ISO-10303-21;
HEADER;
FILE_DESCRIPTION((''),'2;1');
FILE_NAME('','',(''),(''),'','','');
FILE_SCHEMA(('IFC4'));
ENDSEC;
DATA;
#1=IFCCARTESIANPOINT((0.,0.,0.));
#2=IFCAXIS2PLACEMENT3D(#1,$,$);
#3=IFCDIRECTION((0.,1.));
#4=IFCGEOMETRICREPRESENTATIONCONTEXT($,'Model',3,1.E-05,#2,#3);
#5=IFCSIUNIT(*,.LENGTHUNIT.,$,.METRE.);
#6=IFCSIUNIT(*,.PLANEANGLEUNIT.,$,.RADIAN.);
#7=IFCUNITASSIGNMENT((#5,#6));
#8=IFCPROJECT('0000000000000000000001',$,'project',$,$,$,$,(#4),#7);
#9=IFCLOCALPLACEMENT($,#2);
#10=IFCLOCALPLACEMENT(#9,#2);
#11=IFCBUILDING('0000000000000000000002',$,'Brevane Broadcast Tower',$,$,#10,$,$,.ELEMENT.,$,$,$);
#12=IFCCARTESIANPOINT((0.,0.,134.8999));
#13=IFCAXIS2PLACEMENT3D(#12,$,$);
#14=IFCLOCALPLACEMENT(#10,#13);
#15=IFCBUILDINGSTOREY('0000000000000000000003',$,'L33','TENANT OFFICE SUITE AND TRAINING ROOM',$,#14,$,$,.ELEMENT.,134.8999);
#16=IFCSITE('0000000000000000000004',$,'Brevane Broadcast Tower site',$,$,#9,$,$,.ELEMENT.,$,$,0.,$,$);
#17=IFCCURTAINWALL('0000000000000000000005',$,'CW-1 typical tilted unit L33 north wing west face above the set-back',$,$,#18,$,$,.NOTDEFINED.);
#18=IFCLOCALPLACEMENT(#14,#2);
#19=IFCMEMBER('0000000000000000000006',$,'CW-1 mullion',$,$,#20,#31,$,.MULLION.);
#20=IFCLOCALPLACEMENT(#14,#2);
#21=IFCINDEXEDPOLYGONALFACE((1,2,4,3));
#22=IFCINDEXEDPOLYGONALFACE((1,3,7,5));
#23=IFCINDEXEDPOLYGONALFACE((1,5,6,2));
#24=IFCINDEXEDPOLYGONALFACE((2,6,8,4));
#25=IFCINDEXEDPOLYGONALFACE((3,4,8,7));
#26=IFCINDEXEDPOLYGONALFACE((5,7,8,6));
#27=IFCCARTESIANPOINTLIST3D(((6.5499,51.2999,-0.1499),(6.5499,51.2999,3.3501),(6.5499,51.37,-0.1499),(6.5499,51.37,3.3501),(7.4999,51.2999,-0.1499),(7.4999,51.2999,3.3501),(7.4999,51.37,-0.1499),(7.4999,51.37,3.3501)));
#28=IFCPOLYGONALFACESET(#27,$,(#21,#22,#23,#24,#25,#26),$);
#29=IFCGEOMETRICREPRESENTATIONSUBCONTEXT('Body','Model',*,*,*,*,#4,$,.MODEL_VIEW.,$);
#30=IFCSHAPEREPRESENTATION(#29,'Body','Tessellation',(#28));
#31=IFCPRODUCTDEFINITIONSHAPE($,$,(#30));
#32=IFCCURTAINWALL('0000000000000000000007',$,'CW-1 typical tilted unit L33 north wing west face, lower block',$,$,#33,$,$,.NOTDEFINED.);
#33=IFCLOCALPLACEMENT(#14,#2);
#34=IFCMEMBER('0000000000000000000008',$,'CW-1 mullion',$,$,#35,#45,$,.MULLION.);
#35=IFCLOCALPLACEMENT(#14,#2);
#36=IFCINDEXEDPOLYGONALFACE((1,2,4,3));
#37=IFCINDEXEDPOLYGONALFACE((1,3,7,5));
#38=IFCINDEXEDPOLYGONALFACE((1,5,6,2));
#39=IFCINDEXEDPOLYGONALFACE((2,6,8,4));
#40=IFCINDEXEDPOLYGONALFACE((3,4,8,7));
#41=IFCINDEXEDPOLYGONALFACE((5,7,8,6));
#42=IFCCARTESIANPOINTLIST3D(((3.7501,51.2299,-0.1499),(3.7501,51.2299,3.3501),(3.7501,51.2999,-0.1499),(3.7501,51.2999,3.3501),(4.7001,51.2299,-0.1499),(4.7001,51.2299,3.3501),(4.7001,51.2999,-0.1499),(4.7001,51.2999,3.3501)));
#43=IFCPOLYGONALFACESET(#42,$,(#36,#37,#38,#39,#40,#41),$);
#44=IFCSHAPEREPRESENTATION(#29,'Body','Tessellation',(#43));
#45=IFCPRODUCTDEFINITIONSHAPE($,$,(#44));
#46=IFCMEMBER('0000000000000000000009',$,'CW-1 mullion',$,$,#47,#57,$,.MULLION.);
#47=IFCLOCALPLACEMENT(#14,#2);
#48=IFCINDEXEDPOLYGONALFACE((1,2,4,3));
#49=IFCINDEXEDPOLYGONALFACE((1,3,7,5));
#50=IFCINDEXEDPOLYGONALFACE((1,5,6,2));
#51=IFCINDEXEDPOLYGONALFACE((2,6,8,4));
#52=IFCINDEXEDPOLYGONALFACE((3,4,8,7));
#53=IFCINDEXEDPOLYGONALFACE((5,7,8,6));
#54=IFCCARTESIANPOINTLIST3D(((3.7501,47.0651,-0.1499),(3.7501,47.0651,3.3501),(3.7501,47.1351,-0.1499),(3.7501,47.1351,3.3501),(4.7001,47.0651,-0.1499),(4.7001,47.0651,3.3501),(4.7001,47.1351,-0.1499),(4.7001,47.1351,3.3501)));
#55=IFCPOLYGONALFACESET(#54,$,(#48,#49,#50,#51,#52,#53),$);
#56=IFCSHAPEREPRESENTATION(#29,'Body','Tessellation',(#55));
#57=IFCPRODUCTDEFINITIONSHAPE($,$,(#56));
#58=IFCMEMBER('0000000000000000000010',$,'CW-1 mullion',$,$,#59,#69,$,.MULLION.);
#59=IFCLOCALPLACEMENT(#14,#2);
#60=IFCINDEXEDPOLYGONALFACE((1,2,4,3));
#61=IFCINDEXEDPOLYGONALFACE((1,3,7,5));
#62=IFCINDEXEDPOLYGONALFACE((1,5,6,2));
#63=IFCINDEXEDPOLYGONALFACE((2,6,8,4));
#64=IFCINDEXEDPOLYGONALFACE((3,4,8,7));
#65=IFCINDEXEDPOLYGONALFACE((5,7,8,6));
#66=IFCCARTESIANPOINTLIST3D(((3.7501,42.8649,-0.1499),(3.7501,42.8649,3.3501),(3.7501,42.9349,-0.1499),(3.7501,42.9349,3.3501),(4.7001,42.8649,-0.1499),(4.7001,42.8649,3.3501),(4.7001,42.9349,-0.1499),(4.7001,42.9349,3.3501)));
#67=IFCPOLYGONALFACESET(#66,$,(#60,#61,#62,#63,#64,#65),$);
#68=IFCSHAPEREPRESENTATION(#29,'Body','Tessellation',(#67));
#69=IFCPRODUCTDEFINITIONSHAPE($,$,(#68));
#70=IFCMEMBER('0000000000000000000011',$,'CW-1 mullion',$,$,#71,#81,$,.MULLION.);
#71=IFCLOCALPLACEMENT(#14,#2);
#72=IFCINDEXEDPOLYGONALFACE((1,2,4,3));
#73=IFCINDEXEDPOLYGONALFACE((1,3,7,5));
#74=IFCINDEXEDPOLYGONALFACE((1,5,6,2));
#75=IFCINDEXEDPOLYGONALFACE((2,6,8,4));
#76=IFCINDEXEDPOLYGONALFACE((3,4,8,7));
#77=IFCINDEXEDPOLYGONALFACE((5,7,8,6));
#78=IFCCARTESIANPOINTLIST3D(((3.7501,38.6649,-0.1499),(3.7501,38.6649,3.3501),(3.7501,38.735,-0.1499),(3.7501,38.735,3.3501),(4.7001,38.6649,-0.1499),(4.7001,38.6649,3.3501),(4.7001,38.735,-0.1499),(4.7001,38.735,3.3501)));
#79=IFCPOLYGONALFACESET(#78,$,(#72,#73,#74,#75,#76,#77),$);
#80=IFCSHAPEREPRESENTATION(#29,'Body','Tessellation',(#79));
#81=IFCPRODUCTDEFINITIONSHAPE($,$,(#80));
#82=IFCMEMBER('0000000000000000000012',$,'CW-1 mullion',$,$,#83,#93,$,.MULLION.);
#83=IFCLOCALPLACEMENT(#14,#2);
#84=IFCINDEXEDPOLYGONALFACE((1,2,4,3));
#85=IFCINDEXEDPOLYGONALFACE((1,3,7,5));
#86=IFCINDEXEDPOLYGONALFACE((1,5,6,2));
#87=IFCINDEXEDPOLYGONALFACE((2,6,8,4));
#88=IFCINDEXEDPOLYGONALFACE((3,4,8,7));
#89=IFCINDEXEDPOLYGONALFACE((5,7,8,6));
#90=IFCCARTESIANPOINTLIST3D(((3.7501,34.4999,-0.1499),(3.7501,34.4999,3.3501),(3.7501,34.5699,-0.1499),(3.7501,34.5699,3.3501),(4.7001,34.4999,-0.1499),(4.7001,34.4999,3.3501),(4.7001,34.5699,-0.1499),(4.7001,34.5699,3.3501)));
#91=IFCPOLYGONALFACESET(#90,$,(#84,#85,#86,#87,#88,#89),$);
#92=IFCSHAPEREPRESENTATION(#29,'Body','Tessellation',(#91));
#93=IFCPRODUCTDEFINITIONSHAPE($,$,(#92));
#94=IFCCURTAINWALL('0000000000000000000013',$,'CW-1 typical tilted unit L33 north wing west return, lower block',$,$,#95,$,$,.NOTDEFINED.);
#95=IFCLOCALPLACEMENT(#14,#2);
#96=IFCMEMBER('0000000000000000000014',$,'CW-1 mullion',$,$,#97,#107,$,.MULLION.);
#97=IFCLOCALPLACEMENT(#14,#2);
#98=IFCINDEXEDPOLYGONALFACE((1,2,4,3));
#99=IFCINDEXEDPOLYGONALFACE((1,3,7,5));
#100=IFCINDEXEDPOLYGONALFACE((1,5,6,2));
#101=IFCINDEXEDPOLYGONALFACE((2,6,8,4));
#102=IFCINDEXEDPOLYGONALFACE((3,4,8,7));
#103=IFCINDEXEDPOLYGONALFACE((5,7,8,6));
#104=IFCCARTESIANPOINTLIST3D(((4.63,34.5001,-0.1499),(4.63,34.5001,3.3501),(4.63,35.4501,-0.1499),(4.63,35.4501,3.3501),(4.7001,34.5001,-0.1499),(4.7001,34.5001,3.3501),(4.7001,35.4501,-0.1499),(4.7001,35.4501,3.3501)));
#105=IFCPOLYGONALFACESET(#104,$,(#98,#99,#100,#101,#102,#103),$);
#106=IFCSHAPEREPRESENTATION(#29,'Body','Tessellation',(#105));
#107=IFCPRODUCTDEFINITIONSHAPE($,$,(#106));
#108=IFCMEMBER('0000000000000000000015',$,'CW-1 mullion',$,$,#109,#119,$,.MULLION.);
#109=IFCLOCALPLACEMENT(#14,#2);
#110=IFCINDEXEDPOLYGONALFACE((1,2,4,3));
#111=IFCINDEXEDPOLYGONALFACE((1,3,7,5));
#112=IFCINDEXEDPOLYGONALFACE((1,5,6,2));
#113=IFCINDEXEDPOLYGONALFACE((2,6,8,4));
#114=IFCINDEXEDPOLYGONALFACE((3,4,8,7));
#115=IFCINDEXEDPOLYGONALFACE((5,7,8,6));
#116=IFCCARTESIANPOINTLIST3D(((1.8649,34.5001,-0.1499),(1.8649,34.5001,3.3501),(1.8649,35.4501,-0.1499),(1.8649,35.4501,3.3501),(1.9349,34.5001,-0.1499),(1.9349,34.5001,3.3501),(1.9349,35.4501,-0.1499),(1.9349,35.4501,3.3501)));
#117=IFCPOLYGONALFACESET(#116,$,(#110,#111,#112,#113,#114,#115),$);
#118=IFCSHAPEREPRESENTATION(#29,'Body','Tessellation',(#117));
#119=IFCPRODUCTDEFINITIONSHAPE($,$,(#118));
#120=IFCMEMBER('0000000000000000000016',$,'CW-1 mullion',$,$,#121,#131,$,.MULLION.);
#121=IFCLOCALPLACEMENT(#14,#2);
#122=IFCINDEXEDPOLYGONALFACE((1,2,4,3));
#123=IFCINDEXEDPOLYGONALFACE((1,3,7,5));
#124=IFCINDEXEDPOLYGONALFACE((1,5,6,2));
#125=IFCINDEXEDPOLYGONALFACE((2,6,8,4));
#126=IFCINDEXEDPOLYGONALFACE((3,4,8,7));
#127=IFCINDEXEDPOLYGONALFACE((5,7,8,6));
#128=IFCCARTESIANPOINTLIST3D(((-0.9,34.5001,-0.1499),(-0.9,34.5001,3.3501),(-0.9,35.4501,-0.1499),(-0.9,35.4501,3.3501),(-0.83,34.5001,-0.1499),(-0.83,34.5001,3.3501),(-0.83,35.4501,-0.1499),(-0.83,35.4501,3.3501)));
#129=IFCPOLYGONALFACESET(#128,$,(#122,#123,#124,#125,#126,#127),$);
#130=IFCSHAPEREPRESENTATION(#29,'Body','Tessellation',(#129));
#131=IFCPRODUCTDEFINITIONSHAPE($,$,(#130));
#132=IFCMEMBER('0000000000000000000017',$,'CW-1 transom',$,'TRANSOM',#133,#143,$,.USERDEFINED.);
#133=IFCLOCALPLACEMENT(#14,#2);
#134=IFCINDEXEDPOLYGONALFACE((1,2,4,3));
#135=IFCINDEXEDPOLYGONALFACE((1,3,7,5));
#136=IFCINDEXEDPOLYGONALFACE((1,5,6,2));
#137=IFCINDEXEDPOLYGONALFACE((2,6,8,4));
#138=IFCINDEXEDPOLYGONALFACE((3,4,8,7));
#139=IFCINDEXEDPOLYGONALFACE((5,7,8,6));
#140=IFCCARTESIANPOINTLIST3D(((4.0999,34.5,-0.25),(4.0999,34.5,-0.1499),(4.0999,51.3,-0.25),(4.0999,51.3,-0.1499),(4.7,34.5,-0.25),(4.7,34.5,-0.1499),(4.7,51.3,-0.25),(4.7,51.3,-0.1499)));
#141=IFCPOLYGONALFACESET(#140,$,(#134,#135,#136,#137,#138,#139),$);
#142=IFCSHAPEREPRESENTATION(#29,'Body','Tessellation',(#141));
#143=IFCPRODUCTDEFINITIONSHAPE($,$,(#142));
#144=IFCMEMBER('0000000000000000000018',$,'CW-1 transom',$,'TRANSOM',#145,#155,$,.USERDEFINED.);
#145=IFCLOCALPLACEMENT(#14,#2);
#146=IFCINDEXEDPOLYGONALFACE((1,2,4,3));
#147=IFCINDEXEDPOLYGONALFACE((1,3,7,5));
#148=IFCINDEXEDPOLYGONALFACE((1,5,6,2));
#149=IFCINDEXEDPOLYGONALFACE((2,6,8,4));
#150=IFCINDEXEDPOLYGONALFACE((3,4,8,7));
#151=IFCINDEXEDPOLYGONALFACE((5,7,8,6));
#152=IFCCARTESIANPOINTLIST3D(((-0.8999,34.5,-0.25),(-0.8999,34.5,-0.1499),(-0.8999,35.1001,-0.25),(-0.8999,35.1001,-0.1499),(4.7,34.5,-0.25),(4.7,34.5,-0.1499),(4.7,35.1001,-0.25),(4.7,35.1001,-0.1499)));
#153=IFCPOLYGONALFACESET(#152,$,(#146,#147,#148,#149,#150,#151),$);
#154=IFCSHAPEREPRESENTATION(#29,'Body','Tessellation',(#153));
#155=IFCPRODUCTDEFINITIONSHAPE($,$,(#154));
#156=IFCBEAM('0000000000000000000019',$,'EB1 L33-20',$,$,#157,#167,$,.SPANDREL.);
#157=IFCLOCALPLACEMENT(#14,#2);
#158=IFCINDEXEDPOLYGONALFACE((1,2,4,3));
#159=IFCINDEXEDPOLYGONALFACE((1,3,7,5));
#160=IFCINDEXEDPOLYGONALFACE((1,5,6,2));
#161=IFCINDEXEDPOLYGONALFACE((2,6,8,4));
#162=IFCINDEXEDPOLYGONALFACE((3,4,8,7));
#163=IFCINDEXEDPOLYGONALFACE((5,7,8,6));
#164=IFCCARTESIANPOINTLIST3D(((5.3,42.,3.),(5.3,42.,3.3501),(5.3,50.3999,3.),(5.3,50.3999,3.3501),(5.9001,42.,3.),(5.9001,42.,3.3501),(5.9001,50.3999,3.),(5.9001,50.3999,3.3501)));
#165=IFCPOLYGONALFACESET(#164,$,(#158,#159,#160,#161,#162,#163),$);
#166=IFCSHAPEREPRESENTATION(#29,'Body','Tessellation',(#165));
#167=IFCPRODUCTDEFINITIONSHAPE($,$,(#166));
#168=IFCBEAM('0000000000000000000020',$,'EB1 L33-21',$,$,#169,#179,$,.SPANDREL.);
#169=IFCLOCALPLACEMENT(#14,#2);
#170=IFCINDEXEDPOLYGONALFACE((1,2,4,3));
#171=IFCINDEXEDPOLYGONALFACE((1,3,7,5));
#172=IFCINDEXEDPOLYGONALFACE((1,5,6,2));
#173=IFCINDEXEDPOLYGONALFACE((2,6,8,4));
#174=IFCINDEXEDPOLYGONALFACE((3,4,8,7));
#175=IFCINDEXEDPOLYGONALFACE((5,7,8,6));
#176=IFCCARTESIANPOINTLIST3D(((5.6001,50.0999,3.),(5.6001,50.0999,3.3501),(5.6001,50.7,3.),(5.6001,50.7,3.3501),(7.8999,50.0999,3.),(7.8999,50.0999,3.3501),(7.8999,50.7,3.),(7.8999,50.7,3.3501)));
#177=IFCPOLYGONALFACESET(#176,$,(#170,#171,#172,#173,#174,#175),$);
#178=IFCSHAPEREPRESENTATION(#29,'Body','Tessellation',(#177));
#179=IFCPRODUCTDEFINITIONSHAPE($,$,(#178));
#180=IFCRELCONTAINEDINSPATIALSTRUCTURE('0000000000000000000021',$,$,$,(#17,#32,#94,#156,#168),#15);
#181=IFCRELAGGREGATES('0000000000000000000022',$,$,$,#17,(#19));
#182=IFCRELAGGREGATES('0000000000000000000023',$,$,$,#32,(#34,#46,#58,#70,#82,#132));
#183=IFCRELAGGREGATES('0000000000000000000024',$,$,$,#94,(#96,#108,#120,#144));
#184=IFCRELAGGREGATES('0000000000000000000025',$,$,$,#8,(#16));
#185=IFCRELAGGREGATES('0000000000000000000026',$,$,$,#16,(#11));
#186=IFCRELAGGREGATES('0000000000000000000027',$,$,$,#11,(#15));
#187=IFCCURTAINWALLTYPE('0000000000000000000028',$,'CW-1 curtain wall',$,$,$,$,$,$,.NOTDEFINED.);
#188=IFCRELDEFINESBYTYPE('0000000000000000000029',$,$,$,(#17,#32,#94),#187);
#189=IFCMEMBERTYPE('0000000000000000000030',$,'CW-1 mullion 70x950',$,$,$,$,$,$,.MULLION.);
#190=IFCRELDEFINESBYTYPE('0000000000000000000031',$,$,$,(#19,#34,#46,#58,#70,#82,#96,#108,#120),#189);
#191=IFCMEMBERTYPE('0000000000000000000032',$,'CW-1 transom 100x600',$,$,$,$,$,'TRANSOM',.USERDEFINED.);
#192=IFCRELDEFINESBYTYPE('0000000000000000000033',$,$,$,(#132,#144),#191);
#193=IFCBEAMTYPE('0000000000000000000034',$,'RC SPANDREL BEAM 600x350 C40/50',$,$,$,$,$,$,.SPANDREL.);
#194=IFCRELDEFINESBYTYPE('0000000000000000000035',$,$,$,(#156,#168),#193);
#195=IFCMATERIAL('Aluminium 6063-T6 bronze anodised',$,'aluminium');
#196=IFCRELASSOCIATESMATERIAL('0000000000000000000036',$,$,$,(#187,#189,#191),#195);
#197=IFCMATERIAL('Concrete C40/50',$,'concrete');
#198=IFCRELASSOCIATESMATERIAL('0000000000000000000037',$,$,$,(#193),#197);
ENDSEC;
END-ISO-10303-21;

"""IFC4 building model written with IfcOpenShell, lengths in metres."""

from ifc_helpers import new_model, si_unit, direction, frame, origin, origin_2d, place, context, subcontext, project, spatial, rectangle, extrude, material, material_profile, profile_set, type_object, element, aggregate, save


model = new_model("IFC4")

# Units and contexts
model_context = context("Model", 3, precision=1e-05, world=origin(), true_north=direction((0.0, 1.0)))
body_context = subcontext(model_context, "Body", "Model", "MODEL_VIEW")
ifc_project = project(units=[si_unit("LENGTHUNIT", "METRE"), si_unit("PLANEANGLEUNIT", "RADIAN")], contexts=[model_context])

# Site, building, storey
site_placement = place(None, origin())
site = spatial("IfcSite", under=ifc_project, at=site_placement, Name="Brevane Broadcast Tower site", CompositionType="ELEMENT", RefElevation=0.0)
building_placement = place(site_placement, origin())
building = spatial("IfcBuilding", under=site, at=building_placement, Name="Brevane Broadcast Tower", CompositionType="ELEMENT")
storey_placement = place(building_placement, frame((0.0, 0.0, 134.8999)))
storey = spatial("IfcBuildingStorey", under=building, at=storey_placement, Name="L33", Description="TENANT OFFICE SUITE AND TRAINING ROOM", CompositionType="ELEMENT", Elevation=134.8999)

# Curtain wall, member
ifc_material_1 = material(Name="Aluminium 6063-T6 bronze anodised", Category="aluminium")
curtain_wall_type = type_object("IfcCurtainWallType", Name="CW-1 curtain wall", PredefinedType="NOTDEFINED", material=ifc_material_1)
curtain_wall_1_placement = place(storey_placement, origin())
curtain_wall_1 = element("IfcCurtainWall", 1, at=curtain_wall_1_placement, inside=storey, type_object=curtain_wall_type, Name="CW-1 typical tilted unit L33 north wing west face above the set-back", PredefinedType="NOTDEFINED")
ifc_material_profile_1 = material_profile(ifc_material_1, rectangle(XDim=0.95, YDim=0.0701, at=origin_2d()), Name="RECT 70x950")
ifc_profile_set_1 = profile_set([ifc_material_profile_1], Name="Aluminium 6063-T6 bronze anodised")
member_type_1 = type_object("IfcMemberType", Name="CW-1 mullion 70x950", PredefinedType="MULLION", material=ifc_profile_set_1)
member_1_placement = place(storey_placement, frame((7.0249, 51.335, -0.1499), z_axis=(0.0, 0.0, 1.0), x_axis=(1.0, 0.0, 0.0)))
member_1 = element("IfcMember", 2, at=member_1_placement, type_object=member_type_1, Name="CW-1 mullion", PredefinedType="MULLION", context=body_context, shape_type="SweptSolid", body=[
    extrude(rectangle(XDim=0.95, YDim=0.0701, at=origin_2d()), origin(), (0.0, 0.0, 1.0), 3.5),
])
aggregate(curtain_wall_1, [member_1])

# Curtain walls, members
curtain_wall_2_placement = place(storey_placement, origin())
curtain_wall_2 = element("IfcCurtainWall", 3, at=curtain_wall_2_placement, inside=storey, type_object=curtain_wall_type, Name="CW-1 typical tilted unit L33 north wing west face, lower block", PredefinedType="NOTDEFINED")
member_2_placement = place(storey_placement, frame((4.2251, 51.2649, -0.1499), z_axis=(0.0, 0.0, 1.0), x_axis=(1.0, 0.0, 0.0)))
member_2 = element("IfcMember", 4, at=member_2_placement, type_object=member_type_1, Name="CW-1 mullion", PredefinedType="MULLION", context=body_context, shape_type="SweptSolid", body=[
    extrude(rectangle(XDim=0.95, YDim=0.0701, at=origin_2d()), origin(), (0.0, 0.0, 1.0), 3.5),
])
member_3_placement = place(storey_placement, frame((4.2251, 47.1001, -0.1499), z_axis=(0.0, 0.0, 1.0), x_axis=(1.0, 0.0, 0.0)))
member_3 = element("IfcMember", 5, at=member_3_placement, type_object=member_type_1, Name="CW-1 mullion", PredefinedType="MULLION", context=body_context, shape_type="SweptSolid", body=[
    extrude(rectangle(XDim=0.95, YDim=0.0701, at=origin_2d()), origin(), (0.0, 0.0, 1.0), 3.5),
])
member_4_placement = place(storey_placement, frame((4.2251, 42.8999, -0.1499), z_axis=(0.0, 0.0, 1.0), x_axis=(1.0, 0.0, 0.0)))
member_4 = element("IfcMember", 6, at=member_4_placement, type_object=member_type_1, Name="CW-1 mullion", PredefinedType="MULLION", context=body_context, shape_type="SweptSolid", body=[
    extrude(rectangle(XDim=0.95, YDim=0.0701, at=origin_2d()), origin(), (0.0, 0.0, 1.0), 3.5),
])
member_5_placement = place(storey_placement, frame((4.2251, 38.7, -0.1499), z_axis=(0.0, 0.0, 1.0), x_axis=(1.0, 0.0, 0.0)))
member_5 = element("IfcMember", 7, at=member_5_placement, type_object=member_type_1, Name="CW-1 mullion", PredefinedType="MULLION", context=body_context, shape_type="SweptSolid", body=[
    extrude(rectangle(XDim=0.95, YDim=0.0701, at=origin_2d()), origin(), (0.0, 0.0, 1.0), 3.5),
])
member_6_placement = place(storey_placement, frame((4.2251, 34.5349, -0.1499), z_axis=(0.0, 0.0, 1.0), x_axis=(1.0, 0.0, 0.0)))
member_6 = element("IfcMember", 8, at=member_6_placement, type_object=member_type_1, Name="CW-1 mullion", PredefinedType="MULLION", context=body_context, shape_type="SweptSolid", body=[
    extrude(rectangle(XDim=0.95, YDim=0.0701, at=origin_2d()), origin(), (0.0, 0.0, 1.0), 3.5),
])
curtain_wall_3_placement = place(storey_placement, origin())
curtain_wall_3 = element("IfcCurtainWall", 9, at=curtain_wall_3_placement, inside=storey, type_object=curtain_wall_type, Name="CW-1 typical tilted unit L33 north wing west return, lower block", PredefinedType="NOTDEFINED")
member_7_placement = place(storey_placement, frame((4.665, 34.9751, -0.1499), z_axis=(0.0, 0.0, 1.0), x_axis=(0.0, -1.0, 0.0)))
member_7 = element("IfcMember", 10, at=member_7_placement, type_object=member_type_1, Name="CW-1 mullion", PredefinedType="MULLION", context=body_context, shape_type="SweptSolid", body=[
    extrude(rectangle(XDim=0.95, YDim=0.0701, at=origin_2d()), origin(), (0.0, 0.0, 1.0), 3.5),
])
member_8_placement = place(storey_placement, frame((1.8999, 34.9751, -0.1499), z_axis=(0.0, 0.0, 1.0), x_axis=(0.0, -1.0, 0.0)))
member_8 = element("IfcMember", 11, at=member_8_placement, type_object=member_type_1, Name="CW-1 mullion", PredefinedType="MULLION", context=body_context, shape_type="SweptSolid", body=[
    extrude(rectangle(XDim=0.95, YDim=0.0701, at=origin_2d()), origin(), (0.0, 0.0, 1.0), 3.5),
])
member_9_placement = place(storey_placement, frame((-0.865, 34.9751, -0.1499), z_axis=(0.0, 0.0, 1.0), x_axis=(0.0, -1.0, 0.0)))
member_9 = element("IfcMember", 12, at=member_9_placement, type_object=member_type_1, Name="CW-1 mullion", PredefinedType="MULLION", context=body_context, shape_type="SweptSolid", body=[
    extrude(rectangle(XDim=0.95, YDim=0.0701, at=origin_2d()), origin(), (0.0, 0.0, 1.0), 3.5),
])

# Members
ifc_material_profile_2 = material_profile(ifc_material_1, rectangle(XDim=0.6001, YDim=0.1001, at=origin_2d()), Name="RECT 100x600")
ifc_profile_set_2 = profile_set([ifc_material_profile_2], Name="Aluminium 6063-T6 bronze anodised")
member_type_2 = type_object("IfcMemberType", Name="CW-1 transom 100x600", ElementType="TRANSOM", PredefinedType="USERDEFINED", material=ifc_profile_set_2)
member_10_placement = place(storey_placement, frame((4.3999, 51.3, -0.2), z_axis=(0.0, -1.0, 0.0), x_axis=(1.0, 0.0, 0.0)))
member_10 = element("IfcMember", 13, at=member_10_placement, type_object=member_type_2, Name="CW-1 transom", ObjectType="TRANSOM", PredefinedType="USERDEFINED", context=body_context, shape_type="SweptSolid", body=[
    extrude(rectangle(XDim=0.6001, YDim=0.1001, at=origin_2d()), origin(), (0.0, 0.0, 1.0), 16.8),
])
aggregate(curtain_wall_2, [member_2, member_3, member_4, member_5, member_6, member_10])
member_11_placement = place(storey_placement, frame((4.7, 34.8, -0.2), z_axis=(-1.0, 0.0, 0.0), x_axis=(0.0, -1.0, 0.0)))
member_11 = element("IfcMember", 14, at=member_11_placement, type_object=member_type_2, Name="CW-1 transom", ObjectType="TRANSOM", PredefinedType="USERDEFINED", context=body_context, shape_type="SweptSolid", body=[
    extrude(rectangle(XDim=0.6001, YDim=0.1001, at=origin_2d()), origin(), (0.0, 0.0, 1.0), 5.5999),
])
aggregate(curtain_wall_3, [member_7, member_8, member_9, member_11])

# Beams
ifc_material_2 = material(Name="Concrete C40/50", Category="concrete")
ifc_material_profile_3 = material_profile(ifc_material_2, rectangle(XDim=0.6001, YDim=0.3501, at=origin_2d()), Name="RC 600x350")
ifc_profile_set_3 = profile_set([ifc_material_profile_3], Name="Concrete C40/50")
beam_type = type_object("IfcBeamType", Name="RC SPANDREL BEAM 600x350 C40/50", PredefinedType="SPANDREL", material=ifc_profile_set_3)
beam_1_placement = place(storey_placement, frame((5.6001, 42.0, 3.175), z_axis=(0.0, 1.0, 0.0), x_axis=(-1.0, 0.0, 0.0)))
element("IfcBeam", 15, at=beam_1_placement, inside=storey, type_object=beam_type, Name="EB1 L33-20", PredefinedType="SPANDREL", context=body_context, shape_type="SweptSolid", body=[
    extrude(rectangle(XDim=0.6001, YDim=0.3501, at=origin_2d()), origin(), (0.0, 0.0, 1.0), 8.3999),
])
beam_2_placement = place(storey_placement, frame((5.6001, 50.3999, 3.175), z_axis=(1.0, 0.0, 0.0), x_axis=(0.0, 1.0, 0.0)))
element("IfcBeam", 16, at=beam_2_placement, inside=storey, type_object=beam_type, Name="EB1 L33-21", PredefinedType="SPANDREL", context=body_context, shape_type="SweptSolid", body=[
    extrude(rectangle(XDim=0.6001, YDim=0.3501, at=origin_2d()), origin(), (0.0, 0.0, 1.0), 2.2998),
])

save(model, "model.ifc")
